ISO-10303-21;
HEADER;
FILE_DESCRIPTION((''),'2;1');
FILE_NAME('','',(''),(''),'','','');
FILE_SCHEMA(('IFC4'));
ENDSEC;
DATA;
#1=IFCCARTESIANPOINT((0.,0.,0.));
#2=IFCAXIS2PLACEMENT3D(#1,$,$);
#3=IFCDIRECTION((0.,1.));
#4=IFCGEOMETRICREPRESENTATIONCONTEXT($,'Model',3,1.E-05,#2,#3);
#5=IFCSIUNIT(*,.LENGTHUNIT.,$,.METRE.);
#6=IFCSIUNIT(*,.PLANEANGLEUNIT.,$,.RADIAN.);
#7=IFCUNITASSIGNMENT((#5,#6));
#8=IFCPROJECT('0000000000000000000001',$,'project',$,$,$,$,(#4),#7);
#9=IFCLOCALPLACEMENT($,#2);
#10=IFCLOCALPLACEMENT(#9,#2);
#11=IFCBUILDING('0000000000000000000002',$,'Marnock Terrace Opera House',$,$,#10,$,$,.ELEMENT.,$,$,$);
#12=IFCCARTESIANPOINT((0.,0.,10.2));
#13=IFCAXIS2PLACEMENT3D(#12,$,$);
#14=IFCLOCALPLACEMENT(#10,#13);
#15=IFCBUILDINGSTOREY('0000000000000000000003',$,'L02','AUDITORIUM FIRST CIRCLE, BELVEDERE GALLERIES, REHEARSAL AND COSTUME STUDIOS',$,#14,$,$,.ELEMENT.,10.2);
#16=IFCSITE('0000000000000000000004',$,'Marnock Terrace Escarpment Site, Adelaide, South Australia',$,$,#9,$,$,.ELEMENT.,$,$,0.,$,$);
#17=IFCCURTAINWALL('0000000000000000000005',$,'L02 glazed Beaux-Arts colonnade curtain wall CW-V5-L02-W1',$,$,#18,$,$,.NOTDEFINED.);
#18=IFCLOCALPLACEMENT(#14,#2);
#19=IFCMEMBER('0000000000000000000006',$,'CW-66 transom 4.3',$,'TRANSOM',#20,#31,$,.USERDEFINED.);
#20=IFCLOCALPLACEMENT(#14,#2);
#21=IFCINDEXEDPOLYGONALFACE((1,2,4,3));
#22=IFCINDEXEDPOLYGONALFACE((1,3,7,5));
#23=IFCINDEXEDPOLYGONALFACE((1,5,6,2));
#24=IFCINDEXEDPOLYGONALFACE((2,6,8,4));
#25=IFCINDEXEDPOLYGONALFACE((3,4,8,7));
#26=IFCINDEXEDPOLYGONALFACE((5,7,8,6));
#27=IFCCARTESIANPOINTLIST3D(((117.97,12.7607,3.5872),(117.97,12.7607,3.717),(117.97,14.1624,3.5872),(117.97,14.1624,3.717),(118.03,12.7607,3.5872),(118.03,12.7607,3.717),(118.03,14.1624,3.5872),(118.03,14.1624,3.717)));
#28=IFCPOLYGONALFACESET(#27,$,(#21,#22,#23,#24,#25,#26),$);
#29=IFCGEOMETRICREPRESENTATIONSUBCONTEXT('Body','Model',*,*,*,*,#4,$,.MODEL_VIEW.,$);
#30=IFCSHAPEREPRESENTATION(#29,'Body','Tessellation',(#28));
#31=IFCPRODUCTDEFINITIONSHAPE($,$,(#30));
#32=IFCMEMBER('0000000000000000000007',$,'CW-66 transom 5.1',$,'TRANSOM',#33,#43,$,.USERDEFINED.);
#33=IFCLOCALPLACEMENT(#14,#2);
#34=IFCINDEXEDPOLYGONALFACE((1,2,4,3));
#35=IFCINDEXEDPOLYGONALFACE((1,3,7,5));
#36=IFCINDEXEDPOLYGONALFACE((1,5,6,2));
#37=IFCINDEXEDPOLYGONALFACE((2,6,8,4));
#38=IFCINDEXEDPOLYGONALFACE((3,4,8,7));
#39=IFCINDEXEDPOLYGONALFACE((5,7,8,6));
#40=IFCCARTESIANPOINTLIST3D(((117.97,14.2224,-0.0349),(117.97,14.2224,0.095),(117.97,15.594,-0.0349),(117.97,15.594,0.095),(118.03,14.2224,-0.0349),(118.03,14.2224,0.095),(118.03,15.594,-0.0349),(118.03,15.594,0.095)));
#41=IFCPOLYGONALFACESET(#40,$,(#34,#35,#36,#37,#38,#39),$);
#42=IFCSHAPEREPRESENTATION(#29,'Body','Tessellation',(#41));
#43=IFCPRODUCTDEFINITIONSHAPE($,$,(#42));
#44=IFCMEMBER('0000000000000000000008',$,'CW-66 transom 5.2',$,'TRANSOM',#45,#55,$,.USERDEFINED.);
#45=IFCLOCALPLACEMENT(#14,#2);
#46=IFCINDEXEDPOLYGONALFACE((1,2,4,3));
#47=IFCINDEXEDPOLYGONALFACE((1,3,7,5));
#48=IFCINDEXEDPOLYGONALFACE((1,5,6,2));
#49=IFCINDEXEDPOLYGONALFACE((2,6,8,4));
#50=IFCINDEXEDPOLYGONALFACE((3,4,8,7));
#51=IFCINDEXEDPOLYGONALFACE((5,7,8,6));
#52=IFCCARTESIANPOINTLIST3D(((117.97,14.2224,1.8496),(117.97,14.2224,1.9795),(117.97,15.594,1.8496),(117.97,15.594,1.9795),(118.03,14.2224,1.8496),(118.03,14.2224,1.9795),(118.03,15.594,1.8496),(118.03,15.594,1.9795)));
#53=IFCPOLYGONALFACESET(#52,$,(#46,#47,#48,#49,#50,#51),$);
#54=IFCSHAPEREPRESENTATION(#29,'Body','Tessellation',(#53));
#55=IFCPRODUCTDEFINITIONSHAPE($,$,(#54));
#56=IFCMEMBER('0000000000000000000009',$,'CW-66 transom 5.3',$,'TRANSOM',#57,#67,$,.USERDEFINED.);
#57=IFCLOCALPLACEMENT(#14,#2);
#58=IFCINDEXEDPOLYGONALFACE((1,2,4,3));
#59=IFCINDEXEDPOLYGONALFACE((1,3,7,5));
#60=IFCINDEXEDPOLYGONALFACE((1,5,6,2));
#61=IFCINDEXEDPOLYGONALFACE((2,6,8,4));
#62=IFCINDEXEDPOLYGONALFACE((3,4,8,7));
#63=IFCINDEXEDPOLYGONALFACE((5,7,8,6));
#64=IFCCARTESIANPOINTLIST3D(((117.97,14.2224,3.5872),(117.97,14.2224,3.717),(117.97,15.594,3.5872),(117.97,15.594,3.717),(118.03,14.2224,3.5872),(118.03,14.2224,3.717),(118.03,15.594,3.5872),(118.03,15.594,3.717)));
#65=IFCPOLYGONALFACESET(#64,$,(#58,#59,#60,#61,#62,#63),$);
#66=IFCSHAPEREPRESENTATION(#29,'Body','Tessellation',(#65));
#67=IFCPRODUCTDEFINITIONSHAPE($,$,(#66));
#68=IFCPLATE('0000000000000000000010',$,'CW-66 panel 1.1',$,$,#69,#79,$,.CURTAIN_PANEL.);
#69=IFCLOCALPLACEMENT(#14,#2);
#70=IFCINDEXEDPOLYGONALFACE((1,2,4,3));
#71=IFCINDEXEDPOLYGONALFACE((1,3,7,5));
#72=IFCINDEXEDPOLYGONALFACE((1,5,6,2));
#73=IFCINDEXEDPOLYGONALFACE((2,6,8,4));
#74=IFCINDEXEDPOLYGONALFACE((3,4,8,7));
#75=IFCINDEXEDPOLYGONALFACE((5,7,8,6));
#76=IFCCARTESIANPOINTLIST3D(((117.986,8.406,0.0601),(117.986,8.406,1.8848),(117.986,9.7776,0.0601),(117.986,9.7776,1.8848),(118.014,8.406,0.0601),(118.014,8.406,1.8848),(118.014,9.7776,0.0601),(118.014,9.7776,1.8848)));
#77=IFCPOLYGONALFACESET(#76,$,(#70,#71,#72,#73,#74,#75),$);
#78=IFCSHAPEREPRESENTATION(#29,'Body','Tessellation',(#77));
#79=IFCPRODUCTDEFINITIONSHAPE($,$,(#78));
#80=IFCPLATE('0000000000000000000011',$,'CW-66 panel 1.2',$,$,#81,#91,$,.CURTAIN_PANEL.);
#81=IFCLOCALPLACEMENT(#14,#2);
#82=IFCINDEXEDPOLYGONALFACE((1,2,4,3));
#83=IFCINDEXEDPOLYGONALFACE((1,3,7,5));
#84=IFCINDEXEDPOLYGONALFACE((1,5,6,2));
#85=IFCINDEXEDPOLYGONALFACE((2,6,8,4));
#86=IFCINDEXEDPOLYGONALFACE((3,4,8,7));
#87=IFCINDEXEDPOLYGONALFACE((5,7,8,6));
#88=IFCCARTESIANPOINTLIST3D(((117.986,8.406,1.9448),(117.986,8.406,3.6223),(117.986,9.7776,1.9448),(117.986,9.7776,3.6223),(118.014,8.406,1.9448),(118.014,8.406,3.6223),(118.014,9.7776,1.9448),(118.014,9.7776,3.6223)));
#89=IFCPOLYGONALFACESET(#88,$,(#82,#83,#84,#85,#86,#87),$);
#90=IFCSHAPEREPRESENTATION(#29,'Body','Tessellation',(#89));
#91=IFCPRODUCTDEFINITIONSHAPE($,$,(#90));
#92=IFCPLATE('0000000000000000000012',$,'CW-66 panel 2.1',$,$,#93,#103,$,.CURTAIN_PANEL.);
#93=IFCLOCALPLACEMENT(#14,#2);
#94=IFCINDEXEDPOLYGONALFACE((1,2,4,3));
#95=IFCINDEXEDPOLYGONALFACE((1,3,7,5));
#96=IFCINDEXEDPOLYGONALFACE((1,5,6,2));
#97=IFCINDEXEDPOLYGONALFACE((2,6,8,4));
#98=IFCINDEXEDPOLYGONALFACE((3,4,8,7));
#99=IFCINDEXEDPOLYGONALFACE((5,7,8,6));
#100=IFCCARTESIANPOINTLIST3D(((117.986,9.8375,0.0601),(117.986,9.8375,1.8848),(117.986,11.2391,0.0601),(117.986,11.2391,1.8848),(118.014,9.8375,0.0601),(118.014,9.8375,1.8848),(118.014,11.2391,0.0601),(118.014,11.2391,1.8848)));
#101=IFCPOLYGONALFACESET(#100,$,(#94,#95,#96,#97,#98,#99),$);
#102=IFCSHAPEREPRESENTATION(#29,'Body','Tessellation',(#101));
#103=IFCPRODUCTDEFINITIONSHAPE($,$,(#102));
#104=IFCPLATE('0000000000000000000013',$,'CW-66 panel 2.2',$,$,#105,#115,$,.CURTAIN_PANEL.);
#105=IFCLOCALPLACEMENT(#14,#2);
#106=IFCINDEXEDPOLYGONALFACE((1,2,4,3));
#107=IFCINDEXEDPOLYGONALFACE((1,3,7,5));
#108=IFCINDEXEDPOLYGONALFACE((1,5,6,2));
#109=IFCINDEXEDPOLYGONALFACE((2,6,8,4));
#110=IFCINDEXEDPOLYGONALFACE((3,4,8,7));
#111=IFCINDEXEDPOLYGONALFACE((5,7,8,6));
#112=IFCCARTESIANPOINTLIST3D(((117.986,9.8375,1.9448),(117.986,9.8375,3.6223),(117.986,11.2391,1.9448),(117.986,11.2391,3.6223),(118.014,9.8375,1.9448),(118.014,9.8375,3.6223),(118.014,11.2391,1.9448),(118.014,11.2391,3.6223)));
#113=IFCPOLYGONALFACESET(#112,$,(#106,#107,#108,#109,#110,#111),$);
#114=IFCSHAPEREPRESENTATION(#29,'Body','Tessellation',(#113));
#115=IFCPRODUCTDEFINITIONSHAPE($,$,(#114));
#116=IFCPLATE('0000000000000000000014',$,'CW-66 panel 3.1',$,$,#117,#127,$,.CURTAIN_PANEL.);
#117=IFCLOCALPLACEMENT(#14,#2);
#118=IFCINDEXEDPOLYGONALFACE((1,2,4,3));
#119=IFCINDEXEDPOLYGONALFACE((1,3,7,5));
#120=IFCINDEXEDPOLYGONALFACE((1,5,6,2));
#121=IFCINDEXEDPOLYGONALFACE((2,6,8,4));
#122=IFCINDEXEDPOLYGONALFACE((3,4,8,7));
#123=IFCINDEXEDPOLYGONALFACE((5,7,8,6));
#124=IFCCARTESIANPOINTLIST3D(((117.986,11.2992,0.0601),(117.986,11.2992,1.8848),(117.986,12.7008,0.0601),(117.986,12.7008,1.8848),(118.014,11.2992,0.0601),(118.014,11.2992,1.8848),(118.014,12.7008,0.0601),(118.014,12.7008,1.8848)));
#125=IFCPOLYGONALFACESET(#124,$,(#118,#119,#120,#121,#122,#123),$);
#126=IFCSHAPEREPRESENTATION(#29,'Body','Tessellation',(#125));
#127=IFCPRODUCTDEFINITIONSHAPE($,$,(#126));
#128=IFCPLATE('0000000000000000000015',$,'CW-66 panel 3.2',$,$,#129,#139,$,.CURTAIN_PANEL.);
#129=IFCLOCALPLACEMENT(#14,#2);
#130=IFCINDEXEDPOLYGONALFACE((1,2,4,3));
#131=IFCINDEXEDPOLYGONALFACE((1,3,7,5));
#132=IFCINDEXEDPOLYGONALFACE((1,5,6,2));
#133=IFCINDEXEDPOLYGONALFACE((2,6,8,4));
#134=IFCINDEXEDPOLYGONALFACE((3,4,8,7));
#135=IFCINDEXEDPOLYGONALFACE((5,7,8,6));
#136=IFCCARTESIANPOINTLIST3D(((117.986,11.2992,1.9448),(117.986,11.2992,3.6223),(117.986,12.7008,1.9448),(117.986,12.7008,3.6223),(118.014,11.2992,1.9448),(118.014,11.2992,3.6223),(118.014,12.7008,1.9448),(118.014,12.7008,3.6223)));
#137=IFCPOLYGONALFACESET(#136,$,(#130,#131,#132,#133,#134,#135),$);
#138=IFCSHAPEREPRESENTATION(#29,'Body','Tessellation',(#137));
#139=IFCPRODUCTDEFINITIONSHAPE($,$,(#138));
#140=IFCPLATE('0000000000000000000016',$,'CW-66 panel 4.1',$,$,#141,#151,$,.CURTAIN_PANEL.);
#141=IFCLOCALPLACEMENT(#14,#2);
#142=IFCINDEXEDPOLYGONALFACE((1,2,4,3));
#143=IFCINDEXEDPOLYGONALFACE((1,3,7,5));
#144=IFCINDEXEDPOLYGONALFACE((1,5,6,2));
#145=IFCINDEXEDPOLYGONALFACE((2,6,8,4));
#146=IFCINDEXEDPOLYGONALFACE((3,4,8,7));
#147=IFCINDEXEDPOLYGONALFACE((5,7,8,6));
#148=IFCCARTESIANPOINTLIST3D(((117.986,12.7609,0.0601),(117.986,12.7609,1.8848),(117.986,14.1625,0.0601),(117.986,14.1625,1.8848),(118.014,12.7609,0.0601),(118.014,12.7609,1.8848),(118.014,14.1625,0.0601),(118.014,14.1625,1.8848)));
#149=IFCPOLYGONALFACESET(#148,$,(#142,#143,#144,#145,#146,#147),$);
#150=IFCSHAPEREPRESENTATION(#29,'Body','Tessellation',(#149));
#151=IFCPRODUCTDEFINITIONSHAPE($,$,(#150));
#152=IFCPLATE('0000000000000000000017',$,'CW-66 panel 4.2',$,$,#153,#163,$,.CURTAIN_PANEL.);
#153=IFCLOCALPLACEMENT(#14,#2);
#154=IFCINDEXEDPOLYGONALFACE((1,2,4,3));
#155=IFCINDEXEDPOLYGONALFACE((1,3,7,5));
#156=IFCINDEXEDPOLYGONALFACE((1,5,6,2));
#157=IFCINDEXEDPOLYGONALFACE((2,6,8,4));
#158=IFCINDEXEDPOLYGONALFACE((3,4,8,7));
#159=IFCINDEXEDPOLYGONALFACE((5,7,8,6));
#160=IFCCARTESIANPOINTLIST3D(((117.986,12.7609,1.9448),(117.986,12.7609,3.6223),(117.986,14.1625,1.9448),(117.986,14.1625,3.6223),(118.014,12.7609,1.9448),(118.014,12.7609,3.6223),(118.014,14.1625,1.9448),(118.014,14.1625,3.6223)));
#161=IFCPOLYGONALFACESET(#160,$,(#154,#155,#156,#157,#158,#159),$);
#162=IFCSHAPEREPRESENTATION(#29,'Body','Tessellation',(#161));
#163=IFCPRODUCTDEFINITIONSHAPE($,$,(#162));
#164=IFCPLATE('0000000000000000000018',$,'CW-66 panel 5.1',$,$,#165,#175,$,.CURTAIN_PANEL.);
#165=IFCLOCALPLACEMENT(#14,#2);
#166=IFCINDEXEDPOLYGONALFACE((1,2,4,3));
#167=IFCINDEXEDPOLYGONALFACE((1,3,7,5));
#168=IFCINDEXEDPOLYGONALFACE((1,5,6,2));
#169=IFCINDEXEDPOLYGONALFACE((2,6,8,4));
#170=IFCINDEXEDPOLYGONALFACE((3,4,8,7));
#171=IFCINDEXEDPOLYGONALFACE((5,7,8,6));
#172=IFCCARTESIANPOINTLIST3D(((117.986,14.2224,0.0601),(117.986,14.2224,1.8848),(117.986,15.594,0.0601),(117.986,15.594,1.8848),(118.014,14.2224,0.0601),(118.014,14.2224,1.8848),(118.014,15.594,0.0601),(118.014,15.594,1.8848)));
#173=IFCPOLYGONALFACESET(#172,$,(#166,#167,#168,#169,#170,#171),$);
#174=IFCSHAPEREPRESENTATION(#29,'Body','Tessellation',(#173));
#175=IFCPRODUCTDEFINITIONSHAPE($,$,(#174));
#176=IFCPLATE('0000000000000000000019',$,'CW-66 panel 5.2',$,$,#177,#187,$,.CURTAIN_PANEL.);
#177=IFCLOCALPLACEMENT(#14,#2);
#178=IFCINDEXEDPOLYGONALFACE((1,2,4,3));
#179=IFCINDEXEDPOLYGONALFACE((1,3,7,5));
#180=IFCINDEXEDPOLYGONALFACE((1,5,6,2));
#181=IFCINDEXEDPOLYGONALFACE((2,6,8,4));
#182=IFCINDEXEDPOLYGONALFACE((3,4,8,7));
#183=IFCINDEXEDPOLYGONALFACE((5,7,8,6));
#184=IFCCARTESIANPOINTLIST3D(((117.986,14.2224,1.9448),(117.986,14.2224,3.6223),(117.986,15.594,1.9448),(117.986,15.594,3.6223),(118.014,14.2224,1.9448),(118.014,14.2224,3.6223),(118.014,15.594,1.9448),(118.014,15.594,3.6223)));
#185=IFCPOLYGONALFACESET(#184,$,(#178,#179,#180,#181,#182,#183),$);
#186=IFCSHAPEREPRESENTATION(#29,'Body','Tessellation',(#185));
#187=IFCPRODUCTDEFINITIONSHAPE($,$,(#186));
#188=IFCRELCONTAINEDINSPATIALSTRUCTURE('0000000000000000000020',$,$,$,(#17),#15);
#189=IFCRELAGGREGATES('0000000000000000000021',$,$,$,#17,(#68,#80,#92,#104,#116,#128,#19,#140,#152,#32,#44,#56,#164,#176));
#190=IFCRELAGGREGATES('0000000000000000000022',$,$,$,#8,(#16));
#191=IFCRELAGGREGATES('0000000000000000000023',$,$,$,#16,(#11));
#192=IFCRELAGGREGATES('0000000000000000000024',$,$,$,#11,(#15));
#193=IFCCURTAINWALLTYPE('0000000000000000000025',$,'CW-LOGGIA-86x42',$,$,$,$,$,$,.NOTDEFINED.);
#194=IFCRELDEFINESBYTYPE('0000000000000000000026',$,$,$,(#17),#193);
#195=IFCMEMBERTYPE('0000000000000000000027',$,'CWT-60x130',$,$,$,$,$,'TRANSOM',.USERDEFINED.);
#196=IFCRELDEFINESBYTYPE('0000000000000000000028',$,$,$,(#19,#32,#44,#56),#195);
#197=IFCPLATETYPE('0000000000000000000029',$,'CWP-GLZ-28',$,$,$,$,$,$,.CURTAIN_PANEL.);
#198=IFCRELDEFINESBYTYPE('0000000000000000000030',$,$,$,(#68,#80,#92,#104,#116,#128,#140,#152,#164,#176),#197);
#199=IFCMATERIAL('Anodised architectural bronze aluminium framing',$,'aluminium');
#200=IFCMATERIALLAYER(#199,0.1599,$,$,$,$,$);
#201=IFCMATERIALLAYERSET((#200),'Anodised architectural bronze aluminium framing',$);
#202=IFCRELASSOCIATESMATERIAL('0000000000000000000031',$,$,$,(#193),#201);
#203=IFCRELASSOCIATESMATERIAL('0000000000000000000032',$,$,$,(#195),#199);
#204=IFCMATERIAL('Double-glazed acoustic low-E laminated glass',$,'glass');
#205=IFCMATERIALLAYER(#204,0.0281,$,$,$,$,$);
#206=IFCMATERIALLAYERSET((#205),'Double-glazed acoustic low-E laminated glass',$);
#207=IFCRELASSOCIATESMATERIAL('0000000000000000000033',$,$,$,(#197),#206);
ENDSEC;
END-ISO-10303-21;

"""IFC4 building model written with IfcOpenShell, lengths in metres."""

from ifc_helpers import new_model, si_unit, direction, frame, origin, origin_2d, place, context, subcontext, project, spatial, rectangle, extrude, material, layer, layer_set, material_profile, profile_set, type_object, element, aggregate, save


model = new_model("IFC4")

# Units and contexts
model_context = context("Model", 3, precision=1e-05, world=origin(), true_north=direction((0.0, 1.0)))
body_context = subcontext(model_context, "Body", "Model", "MODEL_VIEW")
ifc_project = project(units=[si_unit("LENGTHUNIT", "METRE"), si_unit("PLANEANGLEUNIT", "RADIAN")], contexts=[model_context])

# Site, building, storey
site_placement = place(None, origin())
site = spatial("IfcSite", under=ifc_project, at=site_placement, Name="Marnock Terrace Escarpment Site, Adelaide, South Australia", CompositionType="ELEMENT", RefElevation=0.0)
building_placement = place(site_placement, origin())
building = spatial("IfcBuilding", under=site, at=building_placement, Name="Marnock Terrace Opera House", CompositionType="ELEMENT")
storey_placement = place(building_placement, frame((0.0, 0.0, 10.2)))
storey = spatial("IfcBuildingStorey", under=building, at=storey_placement, Name="L02", Description="AUDITORIUM FIRST CIRCLE, BELVEDERE GALLERIES, REHEARSAL AND COSTUME STUDIOS", CompositionType="ELEMENT", Elevation=10.2)

# Shared definitions
ifc_material_1 = material(Name="Anodised architectural bronze aluminium framing", Category="aluminium")

# Curtain wall, members, plates
ifc_layer_1 = layer(ifc_material_1, 0.1599)
ifc_layer_set_1 = layer_set([ifc_layer_1], Name="Anodised architectural bronze aluminium framing")
curtain_wall_type_1 = type_object("IfcCurtainWallType", Name="CW-LOGGIA-86x42", PredefinedType="NOTDEFINED", material=ifc_layer_set_1)
curtain_wall_1_placement = place(storey_placement, origin())
curtain_wall_1 = element("IfcCurtainWall", 1, at=curtain_wall_1_placement, inside=storey, type_object=curtain_wall_type_1, Name="L02 glazed Beaux-Arts colonnade curtain wall CW-V5-L02-W1", PredefinedType="NOTDEFINED")
ifc_material_profile_1 = material_profile(ifc_material_1, rectangle(XDim=0.0601, YDim=0.1299, at=origin_2d()))
ifc_profile_set_1 = profile_set([ifc_material_profile_1], Name="Anodised architectural bronze aluminium framing")
member_type_1 = type_object("IfcMemberType", Name="CWT-60x130", ElementType="TRANSOM", PredefinedType="USERDEFINED", material=ifc_profile_set_1)
member_1_placement = place(storey_placement, frame((118.0, 12.7607, 3.6521), z_axis=(0.0, 1.0, 0.0), x_axis=(-1.0, 0.0, 0.0)))
member_1 = element("IfcMember", 2, at=member_1_placement, type_object=member_type_1, Name="CW-66 transom 4.3", ObjectType="TRANSOM", PredefinedType="USERDEFINED", context=body_context, shape_type="SweptSolid", body=[
    extrude(rectangle(XDim=0.0601, YDim=0.1299, at=origin_2d()), origin(), (0.0, 0.0, 1.0), 1.4016),
])
member_2_placement = place(storey_placement, frame((118.0, 14.2224, 0.03), z_axis=(0.0, 1.0, 0.0), x_axis=(-1.0, 0.0, 0.0)))
member_2 = element("IfcMember", 3, at=member_2_placement, type_object=member_type_1, Name="CW-66 transom 5.1", ObjectType="TRANSOM", PredefinedType="USERDEFINED", context=body_context, shape_type="SweptSolid", body=[
    extrude(rectangle(XDim=0.0601, YDim=0.1299, at=origin_2d()), origin(), (0.0, 0.0, 1.0), 1.3716),
])
member_3_placement = place(storey_placement, frame((118.0, 14.2224, 1.9146), z_axis=(0.0, 1.0, 0.0), x_axis=(-1.0, 0.0, 0.0)))
member_3 = element("IfcMember", 4, at=member_3_placement, type_object=member_type_1, Name="CW-66 transom 5.2", ObjectType="TRANSOM", PredefinedType="USERDEFINED", context=body_context, shape_type="SweptSolid", body=[
    extrude(rectangle(XDim=0.0601, YDim=0.1299, at=origin_2d()), origin(), (0.0, 0.0, 1.0), 1.3716),
])
member_4_placement = place(storey_placement, frame((118.0, 14.2224, 3.6521), z_axis=(0.0, 1.0, 0.0), x_axis=(-1.0, 0.0, 0.0)))
member_4 = element("IfcMember", 5, at=member_4_placement, type_object=member_type_1, Name="CW-66 transom 5.3", ObjectType="TRANSOM", PredefinedType="USERDEFINED", context=body_context, shape_type="SweptSolid", body=[
    extrude(rectangle(XDim=0.0601, YDim=0.1299, at=origin_2d()), origin(), (0.0, 0.0, 1.0), 1.3716),
])
ifc_material_2 = material(Name="Double-glazed acoustic low-E laminated glass", Category="glass")
ifc_layer_2 = layer(ifc_material_2, 0.0281)
ifc_layer_set_2 = layer_set([ifc_layer_2], Name="Double-glazed acoustic low-E laminated glass")
plate_type = type_object("IfcPlateType", Name="CWP-GLZ-28", PredefinedType="CURTAIN_PANEL", material=ifc_layer_set_2)
plate_1_placement = place(storey_placement, frame((118.0, 9.0918, 0.0601), z_axis=(0.0, 0.0, 1.0), x_axis=(0.0, 1.0, 0.0)))
plate_1 = element("IfcPlate", 6, at=plate_1_placement, type_object=plate_type, Name="CW-66 panel 1.1", PredefinedType="CURTAIN_PANEL", context=body_context, shape_type="SweptSolid", body=[
    extrude(rectangle(XDim=1.3716, YDim=0.0281, at=origin_2d()), origin(), (0.0, 0.0, 1.0), 1.8247),
])
plate_2_placement = place(storey_placement, frame((118.0, 9.0918, 1.9448), z_axis=(0.0, 0.0, 1.0), x_axis=(0.0, 1.0, 0.0)))
plate_2 = element("IfcPlate", 7, at=plate_2_placement, type_object=plate_type, Name="CW-66 panel 1.2", PredefinedType="CURTAIN_PANEL", context=body_context, shape_type="SweptSolid", body=[
    extrude(rectangle(XDim=1.3716, YDim=0.0281, at=origin_2d()), origin(), (0.0, 0.0, 1.0), 1.6775),
])
plate_3_placement = place(storey_placement, frame((118.0, 10.5383, 0.0601), z_axis=(0.0, 0.0, 1.0), x_axis=(0.0, 1.0, 0.0)))
plate_3 = element("IfcPlate", 8, at=plate_3_placement, type_object=plate_type, Name="CW-66 panel 2.1", PredefinedType="CURTAIN_PANEL", context=body_context, shape_type="SweptSolid", body=[
    extrude(rectangle(XDim=1.4016, YDim=0.0281, at=origin_2d()), origin(), (0.0, 0.0, 1.0), 1.8247),
])
plate_4_placement = place(storey_placement, frame((118.0, 10.5383, 1.9448), z_axis=(0.0, 0.0, 1.0), x_axis=(0.0, 1.0, 0.0)))
plate_4 = element("IfcPlate", 9, at=plate_4_placement, type_object=plate_type, Name="CW-66 panel 2.2", PredefinedType="CURTAIN_PANEL", context=body_context, shape_type="SweptSolid", body=[
    extrude(rectangle(XDim=1.4016, YDim=0.0281, at=origin_2d()), origin(), (0.0, 0.0, 1.0), 1.6775),
])
plate_5_placement = place(storey_placement, frame((118.0, 12.0, 0.0601), z_axis=(0.0, 0.0, 1.0), x_axis=(0.0, 1.0, 0.0)))
plate_5 = element("IfcPlate", 10, at=plate_5_placement, type_object=plate_type, Name="CW-66 panel 3.1", PredefinedType="CURTAIN_PANEL", context=body_context, shape_type="SweptSolid", body=[
    extrude(rectangle(XDim=1.4016, YDim=0.0281, at=origin_2d()), origin(), (0.0, 0.0, 1.0), 1.8247),
])
plate_6_placement = place(storey_placement, frame((118.0, 12.0, 1.9448), z_axis=(0.0, 0.0, 1.0), x_axis=(0.0, 1.0, 0.0)))
plate_6 = element("IfcPlate", 11, at=plate_6_placement, type_object=plate_type, Name="CW-66 panel 3.2", PredefinedType="CURTAIN_PANEL", context=body_context, shape_type="SweptSolid", body=[
    extrude(rectangle(XDim=1.4016, YDim=0.0281, at=origin_2d()), origin(), (0.0, 0.0, 1.0), 1.6775),
])
plate_7_placement = place(storey_placement, frame((118.0, 13.4617, 0.0601), z_axis=(0.0, 0.0, 1.0), x_axis=(0.0, 1.0, 0.0)))
plate_7 = element("IfcPlate", 12, at=plate_7_placement, type_object=plate_type, Name="CW-66 panel 4.1", PredefinedType="CURTAIN_PANEL", context=body_context, shape_type="SweptSolid", body=[
    extrude(rectangle(XDim=1.4016, YDim=0.0281, at=origin_2d()), origin(), (0.0, 0.0, 1.0), 1.8247),
])
plate_8_placement = place(storey_placement, frame((118.0, 13.4617, 1.9448), z_axis=(0.0, 0.0, 1.0), x_axis=(0.0, 1.0, 0.0)))
plate_8 = element("IfcPlate", 13, at=plate_8_placement, type_object=plate_type, Name="CW-66 panel 4.2", PredefinedType="CURTAIN_PANEL", context=body_context, shape_type="SweptSolid", body=[
    extrude(rectangle(XDim=1.4016, YDim=0.0281, at=origin_2d()), origin(), (0.0, 0.0, 1.0), 1.6775),
])
plate_9_placement = place(storey_placement, frame((118.0, 14.9082, 0.0601), z_axis=(0.0, 0.0, 1.0), x_axis=(0.0, 1.0, 0.0)))
plate_9 = element("IfcPlate", 14, at=plate_9_placement, type_object=plate_type, Name="CW-66 panel 5.1", PredefinedType="CURTAIN_PANEL", context=body_context, shape_type="SweptSolid", body=[
    extrude(rectangle(XDim=1.3716, YDim=0.0281, at=origin_2d()), origin(), (0.0, 0.0, 1.0), 1.8247),
])
plate_10_placement = place(storey_placement, frame((118.0, 14.9082, 1.9448), z_axis=(0.0, 0.0, 1.0), x_axis=(0.0, 1.0, 0.0)))
plate_10 = element("IfcPlate", 15, at=plate_10_placement, type_object=plate_type, Name="CW-66 panel 5.2", PredefinedType="CURTAIN_PANEL", context=body_context, shape_type="SweptSolid", body=[
    extrude(rectangle(XDim=1.3716, YDim=0.0281, at=origin_2d()), origin(), (0.0, 0.0, 1.0), 1.6775),
])
aggregate(curtain_wall_1, [plate_1, plate_2, plate_3, plate_4, plate_5, plate_6, member_1, plate_7, plate_8, member_2, member_3, member_4, plate_9, plate_10])

save(model, "model.ifc")
